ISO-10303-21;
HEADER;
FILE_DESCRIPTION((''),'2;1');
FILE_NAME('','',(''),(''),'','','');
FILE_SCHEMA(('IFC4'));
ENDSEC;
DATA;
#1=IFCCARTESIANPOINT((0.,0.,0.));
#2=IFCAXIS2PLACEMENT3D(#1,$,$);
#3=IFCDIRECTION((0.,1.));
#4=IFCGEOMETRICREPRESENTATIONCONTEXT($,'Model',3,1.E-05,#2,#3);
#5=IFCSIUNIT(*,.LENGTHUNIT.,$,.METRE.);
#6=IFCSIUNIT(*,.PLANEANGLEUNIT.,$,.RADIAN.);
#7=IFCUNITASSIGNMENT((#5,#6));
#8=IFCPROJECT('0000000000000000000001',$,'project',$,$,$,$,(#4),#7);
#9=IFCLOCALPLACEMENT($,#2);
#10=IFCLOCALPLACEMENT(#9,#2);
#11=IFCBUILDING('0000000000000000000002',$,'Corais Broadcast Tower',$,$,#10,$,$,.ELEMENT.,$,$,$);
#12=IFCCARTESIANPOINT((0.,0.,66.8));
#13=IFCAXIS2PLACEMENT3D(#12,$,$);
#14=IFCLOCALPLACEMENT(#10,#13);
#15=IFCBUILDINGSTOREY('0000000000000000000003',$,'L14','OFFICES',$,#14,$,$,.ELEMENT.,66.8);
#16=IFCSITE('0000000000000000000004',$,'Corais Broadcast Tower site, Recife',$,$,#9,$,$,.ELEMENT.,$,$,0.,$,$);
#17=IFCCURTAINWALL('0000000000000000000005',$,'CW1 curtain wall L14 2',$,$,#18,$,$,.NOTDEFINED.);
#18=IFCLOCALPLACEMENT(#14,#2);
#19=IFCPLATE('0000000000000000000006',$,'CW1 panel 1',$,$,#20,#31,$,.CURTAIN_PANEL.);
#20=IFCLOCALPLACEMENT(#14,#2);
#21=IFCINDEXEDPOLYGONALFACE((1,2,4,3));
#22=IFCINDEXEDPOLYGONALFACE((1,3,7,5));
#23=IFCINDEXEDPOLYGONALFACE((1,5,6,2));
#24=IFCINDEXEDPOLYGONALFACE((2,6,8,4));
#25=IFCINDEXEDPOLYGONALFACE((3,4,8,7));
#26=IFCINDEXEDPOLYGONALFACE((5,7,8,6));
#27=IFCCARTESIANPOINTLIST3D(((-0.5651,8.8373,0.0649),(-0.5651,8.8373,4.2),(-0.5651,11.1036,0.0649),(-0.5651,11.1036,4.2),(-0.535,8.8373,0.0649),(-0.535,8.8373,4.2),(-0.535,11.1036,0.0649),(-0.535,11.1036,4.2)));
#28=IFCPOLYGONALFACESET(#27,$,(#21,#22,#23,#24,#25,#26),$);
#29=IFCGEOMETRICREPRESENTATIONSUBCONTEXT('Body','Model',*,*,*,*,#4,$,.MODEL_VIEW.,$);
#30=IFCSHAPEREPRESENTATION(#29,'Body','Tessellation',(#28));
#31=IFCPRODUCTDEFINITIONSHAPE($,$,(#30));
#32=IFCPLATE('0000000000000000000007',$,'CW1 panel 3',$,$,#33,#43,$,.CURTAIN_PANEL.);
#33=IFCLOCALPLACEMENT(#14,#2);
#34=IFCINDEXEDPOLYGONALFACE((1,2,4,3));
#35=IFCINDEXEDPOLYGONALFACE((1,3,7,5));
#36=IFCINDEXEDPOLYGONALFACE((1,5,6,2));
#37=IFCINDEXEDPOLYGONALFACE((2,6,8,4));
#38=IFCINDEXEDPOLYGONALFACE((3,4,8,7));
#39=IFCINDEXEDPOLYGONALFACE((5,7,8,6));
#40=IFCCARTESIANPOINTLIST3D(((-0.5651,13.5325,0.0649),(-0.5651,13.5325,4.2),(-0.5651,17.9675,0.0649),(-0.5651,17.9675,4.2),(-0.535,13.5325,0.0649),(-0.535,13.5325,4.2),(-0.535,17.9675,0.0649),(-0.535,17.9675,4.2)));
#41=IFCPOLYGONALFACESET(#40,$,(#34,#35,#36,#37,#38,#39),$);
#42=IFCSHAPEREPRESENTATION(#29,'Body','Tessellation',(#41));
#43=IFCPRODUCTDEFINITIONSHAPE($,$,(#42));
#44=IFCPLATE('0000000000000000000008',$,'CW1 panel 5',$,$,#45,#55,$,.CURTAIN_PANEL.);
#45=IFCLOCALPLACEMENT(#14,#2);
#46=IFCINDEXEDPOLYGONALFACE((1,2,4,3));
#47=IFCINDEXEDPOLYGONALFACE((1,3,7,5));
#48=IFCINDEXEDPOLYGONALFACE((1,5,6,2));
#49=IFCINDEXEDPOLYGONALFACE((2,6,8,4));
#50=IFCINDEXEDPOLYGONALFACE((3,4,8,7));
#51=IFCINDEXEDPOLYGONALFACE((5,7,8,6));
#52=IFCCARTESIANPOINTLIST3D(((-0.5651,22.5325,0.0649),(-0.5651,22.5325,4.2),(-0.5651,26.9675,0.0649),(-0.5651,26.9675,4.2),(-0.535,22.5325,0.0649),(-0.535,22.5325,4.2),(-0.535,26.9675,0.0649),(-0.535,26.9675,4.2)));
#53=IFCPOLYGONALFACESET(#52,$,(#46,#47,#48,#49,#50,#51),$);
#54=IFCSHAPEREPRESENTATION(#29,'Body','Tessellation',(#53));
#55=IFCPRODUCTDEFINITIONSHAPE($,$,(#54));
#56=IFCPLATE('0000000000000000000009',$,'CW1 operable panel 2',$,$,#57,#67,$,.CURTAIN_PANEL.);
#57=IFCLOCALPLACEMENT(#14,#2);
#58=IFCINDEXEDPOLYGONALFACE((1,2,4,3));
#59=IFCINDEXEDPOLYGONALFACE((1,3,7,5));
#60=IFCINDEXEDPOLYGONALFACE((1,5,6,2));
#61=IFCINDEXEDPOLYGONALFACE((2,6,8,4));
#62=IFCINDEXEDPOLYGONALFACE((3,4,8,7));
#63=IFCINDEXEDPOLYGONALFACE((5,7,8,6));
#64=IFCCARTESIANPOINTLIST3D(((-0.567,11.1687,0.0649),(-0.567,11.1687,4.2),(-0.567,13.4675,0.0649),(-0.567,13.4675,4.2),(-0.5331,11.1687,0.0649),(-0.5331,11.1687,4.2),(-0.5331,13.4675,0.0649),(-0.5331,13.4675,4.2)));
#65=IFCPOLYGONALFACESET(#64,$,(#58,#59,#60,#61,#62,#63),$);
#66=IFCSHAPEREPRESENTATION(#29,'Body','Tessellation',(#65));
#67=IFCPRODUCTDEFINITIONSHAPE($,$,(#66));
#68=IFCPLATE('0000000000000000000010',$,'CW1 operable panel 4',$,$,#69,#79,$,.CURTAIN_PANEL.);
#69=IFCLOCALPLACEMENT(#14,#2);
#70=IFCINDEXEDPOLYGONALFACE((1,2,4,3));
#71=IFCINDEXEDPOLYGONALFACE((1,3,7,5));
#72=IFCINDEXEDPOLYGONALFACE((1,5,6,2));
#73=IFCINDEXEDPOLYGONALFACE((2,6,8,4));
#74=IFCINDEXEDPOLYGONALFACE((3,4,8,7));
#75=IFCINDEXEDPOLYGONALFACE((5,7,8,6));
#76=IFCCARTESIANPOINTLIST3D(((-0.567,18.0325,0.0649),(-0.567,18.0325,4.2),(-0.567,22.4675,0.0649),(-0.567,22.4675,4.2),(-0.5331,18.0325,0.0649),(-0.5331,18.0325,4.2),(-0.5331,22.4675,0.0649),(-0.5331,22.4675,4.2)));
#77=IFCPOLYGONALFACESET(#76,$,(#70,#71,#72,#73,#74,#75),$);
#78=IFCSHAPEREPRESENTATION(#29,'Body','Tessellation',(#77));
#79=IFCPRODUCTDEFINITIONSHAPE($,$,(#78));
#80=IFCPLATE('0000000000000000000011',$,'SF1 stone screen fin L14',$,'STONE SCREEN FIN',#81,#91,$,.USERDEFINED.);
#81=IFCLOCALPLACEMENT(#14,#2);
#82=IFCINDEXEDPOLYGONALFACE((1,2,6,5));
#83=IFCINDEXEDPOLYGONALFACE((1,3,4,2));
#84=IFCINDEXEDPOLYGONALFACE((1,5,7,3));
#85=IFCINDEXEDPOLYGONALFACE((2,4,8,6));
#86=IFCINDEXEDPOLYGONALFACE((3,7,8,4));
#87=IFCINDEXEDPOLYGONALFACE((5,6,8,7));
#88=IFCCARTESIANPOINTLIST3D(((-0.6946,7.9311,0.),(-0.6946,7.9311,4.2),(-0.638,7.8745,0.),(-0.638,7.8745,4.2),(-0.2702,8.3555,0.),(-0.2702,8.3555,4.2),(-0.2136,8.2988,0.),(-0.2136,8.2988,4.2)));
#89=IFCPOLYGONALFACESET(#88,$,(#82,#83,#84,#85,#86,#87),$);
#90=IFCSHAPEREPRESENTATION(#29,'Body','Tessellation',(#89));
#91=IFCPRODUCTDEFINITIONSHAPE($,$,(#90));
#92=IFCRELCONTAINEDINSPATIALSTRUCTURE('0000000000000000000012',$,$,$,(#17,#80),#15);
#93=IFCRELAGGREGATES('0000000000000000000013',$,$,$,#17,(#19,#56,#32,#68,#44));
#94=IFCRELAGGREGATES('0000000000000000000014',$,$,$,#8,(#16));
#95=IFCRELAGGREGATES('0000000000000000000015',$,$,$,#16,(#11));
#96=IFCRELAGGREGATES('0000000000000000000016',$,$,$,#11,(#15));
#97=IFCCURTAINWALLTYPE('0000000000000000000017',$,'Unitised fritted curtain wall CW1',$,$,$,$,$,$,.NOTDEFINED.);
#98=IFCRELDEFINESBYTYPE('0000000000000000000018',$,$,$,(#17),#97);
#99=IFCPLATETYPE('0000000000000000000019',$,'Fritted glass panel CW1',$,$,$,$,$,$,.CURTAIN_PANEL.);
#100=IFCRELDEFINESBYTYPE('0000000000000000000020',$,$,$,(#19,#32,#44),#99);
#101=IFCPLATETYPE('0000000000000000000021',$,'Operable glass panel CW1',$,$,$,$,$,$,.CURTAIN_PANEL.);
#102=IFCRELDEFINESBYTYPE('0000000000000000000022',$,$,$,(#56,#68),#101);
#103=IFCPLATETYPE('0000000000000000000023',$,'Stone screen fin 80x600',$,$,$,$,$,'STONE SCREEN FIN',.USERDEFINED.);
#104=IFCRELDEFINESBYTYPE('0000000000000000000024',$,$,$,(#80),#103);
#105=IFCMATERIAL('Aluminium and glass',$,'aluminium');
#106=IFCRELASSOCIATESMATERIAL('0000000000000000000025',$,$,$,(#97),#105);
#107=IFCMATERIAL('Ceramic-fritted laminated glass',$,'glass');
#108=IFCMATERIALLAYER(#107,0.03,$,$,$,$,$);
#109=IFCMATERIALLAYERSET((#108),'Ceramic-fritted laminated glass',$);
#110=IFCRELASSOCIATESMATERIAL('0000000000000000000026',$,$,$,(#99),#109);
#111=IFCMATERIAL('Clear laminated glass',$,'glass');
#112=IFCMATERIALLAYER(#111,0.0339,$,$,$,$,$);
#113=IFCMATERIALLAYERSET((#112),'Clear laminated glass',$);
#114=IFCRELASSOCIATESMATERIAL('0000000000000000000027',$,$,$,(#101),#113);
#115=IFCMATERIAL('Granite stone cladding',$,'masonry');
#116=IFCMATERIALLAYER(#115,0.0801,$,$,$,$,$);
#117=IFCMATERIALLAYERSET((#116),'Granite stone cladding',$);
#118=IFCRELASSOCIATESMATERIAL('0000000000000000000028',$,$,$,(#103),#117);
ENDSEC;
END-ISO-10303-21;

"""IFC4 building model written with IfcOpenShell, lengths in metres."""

from ifc_helpers import new_model, si_unit, direction, frame, origin, origin_2d, place, context, subcontext, project, spatial, rectangle, extrude, material, layer, layer_set, type_object, element, aggregate, save


model = new_model("IFC4")

# Units and contexts
model_context = context("Model", 3, precision=1e-05, world=origin(), true_north=direction((0.0, 1.0)))
body_context = subcontext(model_context, "Body", "Model", "MODEL_VIEW")
ifc_project = project(units=[si_unit("LENGTHUNIT", "METRE"), si_unit("PLANEANGLEUNIT", "RADIAN")], contexts=[model_context])

# Site, building, storey
site_placement = place(None, origin())
site = spatial("IfcSite", under=ifc_project, at=site_placement, Name="Corais Broadcast Tower site, Recife", CompositionType="ELEMENT", RefElevation=0.0)
building_placement = place(site_placement, origin())
building = spatial("IfcBuilding", under=site, at=building_placement, Name="Corais Broadcast Tower", CompositionType="ELEMENT")
storey_placement = place(building_placement, frame((0.0, 0.0, 66.8)))
storey = spatial("IfcBuildingStorey", under=building, at=storey_placement, Name="L14", Description="OFFICES", CompositionType="ELEMENT", Elevation=66.8)

# Shared definitions
ifc_material_1 = material(Name="Aluminium and glass", Category="aluminium")
curtain_wall_type = type_object("IfcCurtainWallType", Name="Unitised fritted curtain wall CW1", PredefinedType="NOTDEFINED", material=ifc_material_1)

# Curtain wall
curtain_wall_1_placement = place(storey_placement, origin())
curtain_wall_1 = element("IfcCurtainWall", 1, at=curtain_wall_1_placement, inside=storey, type_object=curtain_wall_type, Name="CW1 curtain wall L14 2", PredefinedType="NOTDEFINED")

# Plates
ifc_material_2 = material(Name="Ceramic-fritted laminated glass", Category="glass")
ifc_layer_1 = layer(ifc_material_2, 0.03)
ifc_layer_set_1 = layer_set([ifc_layer_1], Name="Ceramic-fritted laminated glass")
plate_type_1 = type_object("IfcPlateType", Name="Fritted glass panel CW1", PredefinedType="CURTAIN_PANEL", material=ifc_layer_set_1)
plate_1_placement = place(storey_placement, frame((-0.55, 9.9705, 0.0649), z_axis=(0.0, 0.0, 1.0), x_axis=(0.0, 1.0, 0.0)))
plate_1 = element("IfcPlate", 2, at=plate_1_placement, type_object=plate_type_1, Name="CW1 panel 1", PredefinedType="CURTAIN_PANEL", context=body_context, shape_type="SweptSolid", body=[
    extrude(rectangle(XDim=2.2664, YDim=0.03, at=origin_2d()), origin(), (0.0, 0.0, 1.0), 4.135),
])
plate_2_placement = place(storey_placement, frame((-0.55, 15.75, 0.0649), z_axis=(0.0, 0.0, 1.0), x_axis=(0.0, 1.0, 0.0)))
plate_2 = element("IfcPlate", 3, at=plate_2_placement, type_object=plate_type_1, Name="CW1 panel 3", PredefinedType="CURTAIN_PANEL", context=body_context, shape_type="SweptSolid", body=[
    extrude(rectangle(XDim=4.4351, YDim=0.03, at=origin_2d()), origin(), (0.0, 0.0, 1.0), 4.135),
])
plate_3_placement = place(storey_placement, frame((-0.55, 24.75, 0.0649), z_axis=(0.0, 0.0, 1.0), x_axis=(0.0, 1.0, 0.0)))
plate_3 = element("IfcPlate", 4, at=plate_3_placement, type_object=plate_type_1, Name="CW1 panel 5", PredefinedType="CURTAIN_PANEL", context=body_context, shape_type="SweptSolid", body=[
    extrude(rectangle(XDim=4.4351, YDim=0.03, at=origin_2d()), origin(), (0.0, 0.0, 1.0), 4.135),
])
ifc_material_3 = material(Name="Clear laminated glass", Category="glass")
ifc_layer_2 = layer(ifc_material_3, 0.0339)
ifc_layer_set_2 = layer_set([ifc_layer_2], Name="Clear laminated glass")
plate_type_2 = type_object("IfcPlateType", Name="Operable glass panel CW1", PredefinedType="CURTAIN_PANEL", material=ifc_layer_set_2)
plate_4_placement = place(storey_placement, frame((-0.55, 12.3181, 0.0649), z_axis=(0.0, 0.0, 1.0), x_axis=(0.0, 1.0, 0.0)))
plate_4 = element("IfcPlate", 5, at=plate_4_placement, type_object=plate_type_2, Name="CW1 operable panel 2", PredefinedType="CURTAIN_PANEL", context=body_context, shape_type="SweptSolid", body=[
    extrude(rectangle(XDim=2.2988, YDim=0.0339, at=origin_2d()), origin(), (0.0, 0.0, 1.0), 4.135),
])
plate_5_placement = place(storey_placement, frame((-0.55, 20.25, 0.0649), z_axis=(0.0, 0.0, 1.0), x_axis=(0.0, 1.0, 0.0)))
plate_5 = element("IfcPlate", 6, at=plate_5_placement, type_object=plate_type_2, Name="CW1 operable panel 4", PredefinedType="CURTAIN_PANEL", context=body_context, shape_type="SweptSolid", body=[
    extrude(rectangle(XDim=4.4351, YDim=0.0339, at=origin_2d()), origin(), (0.0, 0.0, 1.0), 4.135),
])
aggregate(curtain_wall_1, [plate_1, plate_4, plate_2, plate_5, plate_3])
ifc_material_4 = material(Name="Granite stone cladding", Category="masonry")
ifc_layer_3 = layer(ifc_material_4, 0.0801)
ifc_layer_set_3 = layer_set([ifc_layer_3], Name="Granite stone cladding")
plate_type_3 = type_object("IfcPlateType", Name="Stone screen fin 80x600", ElementType="STONE SCREEN FIN", PredefinedType="USERDEFINED", material=ifc_layer_set_3)
plate_6_placement = place(storey_placement, frame((-0.4541, 8.115, 0.0), z_axis=(0.0, 0.0, 1.0), x_axis=(-0.707107, 0.707107, 0.0)))
element("IfcPlate", 7, at=plate_6_placement, inside=storey, type_object=plate_type_3, Name="SF1 stone screen fin L14", ObjectType="STONE SCREEN FIN", PredefinedType="USERDEFINED", context=body_context, shape_type="SweptSolid", body=[
    extrude(rectangle(XDim=0.0801, YDim=0.6001, at=origin_2d()), origin(), (0.0, 0.0, 1.0), 4.2),
])

save(model, "model.ifc")
